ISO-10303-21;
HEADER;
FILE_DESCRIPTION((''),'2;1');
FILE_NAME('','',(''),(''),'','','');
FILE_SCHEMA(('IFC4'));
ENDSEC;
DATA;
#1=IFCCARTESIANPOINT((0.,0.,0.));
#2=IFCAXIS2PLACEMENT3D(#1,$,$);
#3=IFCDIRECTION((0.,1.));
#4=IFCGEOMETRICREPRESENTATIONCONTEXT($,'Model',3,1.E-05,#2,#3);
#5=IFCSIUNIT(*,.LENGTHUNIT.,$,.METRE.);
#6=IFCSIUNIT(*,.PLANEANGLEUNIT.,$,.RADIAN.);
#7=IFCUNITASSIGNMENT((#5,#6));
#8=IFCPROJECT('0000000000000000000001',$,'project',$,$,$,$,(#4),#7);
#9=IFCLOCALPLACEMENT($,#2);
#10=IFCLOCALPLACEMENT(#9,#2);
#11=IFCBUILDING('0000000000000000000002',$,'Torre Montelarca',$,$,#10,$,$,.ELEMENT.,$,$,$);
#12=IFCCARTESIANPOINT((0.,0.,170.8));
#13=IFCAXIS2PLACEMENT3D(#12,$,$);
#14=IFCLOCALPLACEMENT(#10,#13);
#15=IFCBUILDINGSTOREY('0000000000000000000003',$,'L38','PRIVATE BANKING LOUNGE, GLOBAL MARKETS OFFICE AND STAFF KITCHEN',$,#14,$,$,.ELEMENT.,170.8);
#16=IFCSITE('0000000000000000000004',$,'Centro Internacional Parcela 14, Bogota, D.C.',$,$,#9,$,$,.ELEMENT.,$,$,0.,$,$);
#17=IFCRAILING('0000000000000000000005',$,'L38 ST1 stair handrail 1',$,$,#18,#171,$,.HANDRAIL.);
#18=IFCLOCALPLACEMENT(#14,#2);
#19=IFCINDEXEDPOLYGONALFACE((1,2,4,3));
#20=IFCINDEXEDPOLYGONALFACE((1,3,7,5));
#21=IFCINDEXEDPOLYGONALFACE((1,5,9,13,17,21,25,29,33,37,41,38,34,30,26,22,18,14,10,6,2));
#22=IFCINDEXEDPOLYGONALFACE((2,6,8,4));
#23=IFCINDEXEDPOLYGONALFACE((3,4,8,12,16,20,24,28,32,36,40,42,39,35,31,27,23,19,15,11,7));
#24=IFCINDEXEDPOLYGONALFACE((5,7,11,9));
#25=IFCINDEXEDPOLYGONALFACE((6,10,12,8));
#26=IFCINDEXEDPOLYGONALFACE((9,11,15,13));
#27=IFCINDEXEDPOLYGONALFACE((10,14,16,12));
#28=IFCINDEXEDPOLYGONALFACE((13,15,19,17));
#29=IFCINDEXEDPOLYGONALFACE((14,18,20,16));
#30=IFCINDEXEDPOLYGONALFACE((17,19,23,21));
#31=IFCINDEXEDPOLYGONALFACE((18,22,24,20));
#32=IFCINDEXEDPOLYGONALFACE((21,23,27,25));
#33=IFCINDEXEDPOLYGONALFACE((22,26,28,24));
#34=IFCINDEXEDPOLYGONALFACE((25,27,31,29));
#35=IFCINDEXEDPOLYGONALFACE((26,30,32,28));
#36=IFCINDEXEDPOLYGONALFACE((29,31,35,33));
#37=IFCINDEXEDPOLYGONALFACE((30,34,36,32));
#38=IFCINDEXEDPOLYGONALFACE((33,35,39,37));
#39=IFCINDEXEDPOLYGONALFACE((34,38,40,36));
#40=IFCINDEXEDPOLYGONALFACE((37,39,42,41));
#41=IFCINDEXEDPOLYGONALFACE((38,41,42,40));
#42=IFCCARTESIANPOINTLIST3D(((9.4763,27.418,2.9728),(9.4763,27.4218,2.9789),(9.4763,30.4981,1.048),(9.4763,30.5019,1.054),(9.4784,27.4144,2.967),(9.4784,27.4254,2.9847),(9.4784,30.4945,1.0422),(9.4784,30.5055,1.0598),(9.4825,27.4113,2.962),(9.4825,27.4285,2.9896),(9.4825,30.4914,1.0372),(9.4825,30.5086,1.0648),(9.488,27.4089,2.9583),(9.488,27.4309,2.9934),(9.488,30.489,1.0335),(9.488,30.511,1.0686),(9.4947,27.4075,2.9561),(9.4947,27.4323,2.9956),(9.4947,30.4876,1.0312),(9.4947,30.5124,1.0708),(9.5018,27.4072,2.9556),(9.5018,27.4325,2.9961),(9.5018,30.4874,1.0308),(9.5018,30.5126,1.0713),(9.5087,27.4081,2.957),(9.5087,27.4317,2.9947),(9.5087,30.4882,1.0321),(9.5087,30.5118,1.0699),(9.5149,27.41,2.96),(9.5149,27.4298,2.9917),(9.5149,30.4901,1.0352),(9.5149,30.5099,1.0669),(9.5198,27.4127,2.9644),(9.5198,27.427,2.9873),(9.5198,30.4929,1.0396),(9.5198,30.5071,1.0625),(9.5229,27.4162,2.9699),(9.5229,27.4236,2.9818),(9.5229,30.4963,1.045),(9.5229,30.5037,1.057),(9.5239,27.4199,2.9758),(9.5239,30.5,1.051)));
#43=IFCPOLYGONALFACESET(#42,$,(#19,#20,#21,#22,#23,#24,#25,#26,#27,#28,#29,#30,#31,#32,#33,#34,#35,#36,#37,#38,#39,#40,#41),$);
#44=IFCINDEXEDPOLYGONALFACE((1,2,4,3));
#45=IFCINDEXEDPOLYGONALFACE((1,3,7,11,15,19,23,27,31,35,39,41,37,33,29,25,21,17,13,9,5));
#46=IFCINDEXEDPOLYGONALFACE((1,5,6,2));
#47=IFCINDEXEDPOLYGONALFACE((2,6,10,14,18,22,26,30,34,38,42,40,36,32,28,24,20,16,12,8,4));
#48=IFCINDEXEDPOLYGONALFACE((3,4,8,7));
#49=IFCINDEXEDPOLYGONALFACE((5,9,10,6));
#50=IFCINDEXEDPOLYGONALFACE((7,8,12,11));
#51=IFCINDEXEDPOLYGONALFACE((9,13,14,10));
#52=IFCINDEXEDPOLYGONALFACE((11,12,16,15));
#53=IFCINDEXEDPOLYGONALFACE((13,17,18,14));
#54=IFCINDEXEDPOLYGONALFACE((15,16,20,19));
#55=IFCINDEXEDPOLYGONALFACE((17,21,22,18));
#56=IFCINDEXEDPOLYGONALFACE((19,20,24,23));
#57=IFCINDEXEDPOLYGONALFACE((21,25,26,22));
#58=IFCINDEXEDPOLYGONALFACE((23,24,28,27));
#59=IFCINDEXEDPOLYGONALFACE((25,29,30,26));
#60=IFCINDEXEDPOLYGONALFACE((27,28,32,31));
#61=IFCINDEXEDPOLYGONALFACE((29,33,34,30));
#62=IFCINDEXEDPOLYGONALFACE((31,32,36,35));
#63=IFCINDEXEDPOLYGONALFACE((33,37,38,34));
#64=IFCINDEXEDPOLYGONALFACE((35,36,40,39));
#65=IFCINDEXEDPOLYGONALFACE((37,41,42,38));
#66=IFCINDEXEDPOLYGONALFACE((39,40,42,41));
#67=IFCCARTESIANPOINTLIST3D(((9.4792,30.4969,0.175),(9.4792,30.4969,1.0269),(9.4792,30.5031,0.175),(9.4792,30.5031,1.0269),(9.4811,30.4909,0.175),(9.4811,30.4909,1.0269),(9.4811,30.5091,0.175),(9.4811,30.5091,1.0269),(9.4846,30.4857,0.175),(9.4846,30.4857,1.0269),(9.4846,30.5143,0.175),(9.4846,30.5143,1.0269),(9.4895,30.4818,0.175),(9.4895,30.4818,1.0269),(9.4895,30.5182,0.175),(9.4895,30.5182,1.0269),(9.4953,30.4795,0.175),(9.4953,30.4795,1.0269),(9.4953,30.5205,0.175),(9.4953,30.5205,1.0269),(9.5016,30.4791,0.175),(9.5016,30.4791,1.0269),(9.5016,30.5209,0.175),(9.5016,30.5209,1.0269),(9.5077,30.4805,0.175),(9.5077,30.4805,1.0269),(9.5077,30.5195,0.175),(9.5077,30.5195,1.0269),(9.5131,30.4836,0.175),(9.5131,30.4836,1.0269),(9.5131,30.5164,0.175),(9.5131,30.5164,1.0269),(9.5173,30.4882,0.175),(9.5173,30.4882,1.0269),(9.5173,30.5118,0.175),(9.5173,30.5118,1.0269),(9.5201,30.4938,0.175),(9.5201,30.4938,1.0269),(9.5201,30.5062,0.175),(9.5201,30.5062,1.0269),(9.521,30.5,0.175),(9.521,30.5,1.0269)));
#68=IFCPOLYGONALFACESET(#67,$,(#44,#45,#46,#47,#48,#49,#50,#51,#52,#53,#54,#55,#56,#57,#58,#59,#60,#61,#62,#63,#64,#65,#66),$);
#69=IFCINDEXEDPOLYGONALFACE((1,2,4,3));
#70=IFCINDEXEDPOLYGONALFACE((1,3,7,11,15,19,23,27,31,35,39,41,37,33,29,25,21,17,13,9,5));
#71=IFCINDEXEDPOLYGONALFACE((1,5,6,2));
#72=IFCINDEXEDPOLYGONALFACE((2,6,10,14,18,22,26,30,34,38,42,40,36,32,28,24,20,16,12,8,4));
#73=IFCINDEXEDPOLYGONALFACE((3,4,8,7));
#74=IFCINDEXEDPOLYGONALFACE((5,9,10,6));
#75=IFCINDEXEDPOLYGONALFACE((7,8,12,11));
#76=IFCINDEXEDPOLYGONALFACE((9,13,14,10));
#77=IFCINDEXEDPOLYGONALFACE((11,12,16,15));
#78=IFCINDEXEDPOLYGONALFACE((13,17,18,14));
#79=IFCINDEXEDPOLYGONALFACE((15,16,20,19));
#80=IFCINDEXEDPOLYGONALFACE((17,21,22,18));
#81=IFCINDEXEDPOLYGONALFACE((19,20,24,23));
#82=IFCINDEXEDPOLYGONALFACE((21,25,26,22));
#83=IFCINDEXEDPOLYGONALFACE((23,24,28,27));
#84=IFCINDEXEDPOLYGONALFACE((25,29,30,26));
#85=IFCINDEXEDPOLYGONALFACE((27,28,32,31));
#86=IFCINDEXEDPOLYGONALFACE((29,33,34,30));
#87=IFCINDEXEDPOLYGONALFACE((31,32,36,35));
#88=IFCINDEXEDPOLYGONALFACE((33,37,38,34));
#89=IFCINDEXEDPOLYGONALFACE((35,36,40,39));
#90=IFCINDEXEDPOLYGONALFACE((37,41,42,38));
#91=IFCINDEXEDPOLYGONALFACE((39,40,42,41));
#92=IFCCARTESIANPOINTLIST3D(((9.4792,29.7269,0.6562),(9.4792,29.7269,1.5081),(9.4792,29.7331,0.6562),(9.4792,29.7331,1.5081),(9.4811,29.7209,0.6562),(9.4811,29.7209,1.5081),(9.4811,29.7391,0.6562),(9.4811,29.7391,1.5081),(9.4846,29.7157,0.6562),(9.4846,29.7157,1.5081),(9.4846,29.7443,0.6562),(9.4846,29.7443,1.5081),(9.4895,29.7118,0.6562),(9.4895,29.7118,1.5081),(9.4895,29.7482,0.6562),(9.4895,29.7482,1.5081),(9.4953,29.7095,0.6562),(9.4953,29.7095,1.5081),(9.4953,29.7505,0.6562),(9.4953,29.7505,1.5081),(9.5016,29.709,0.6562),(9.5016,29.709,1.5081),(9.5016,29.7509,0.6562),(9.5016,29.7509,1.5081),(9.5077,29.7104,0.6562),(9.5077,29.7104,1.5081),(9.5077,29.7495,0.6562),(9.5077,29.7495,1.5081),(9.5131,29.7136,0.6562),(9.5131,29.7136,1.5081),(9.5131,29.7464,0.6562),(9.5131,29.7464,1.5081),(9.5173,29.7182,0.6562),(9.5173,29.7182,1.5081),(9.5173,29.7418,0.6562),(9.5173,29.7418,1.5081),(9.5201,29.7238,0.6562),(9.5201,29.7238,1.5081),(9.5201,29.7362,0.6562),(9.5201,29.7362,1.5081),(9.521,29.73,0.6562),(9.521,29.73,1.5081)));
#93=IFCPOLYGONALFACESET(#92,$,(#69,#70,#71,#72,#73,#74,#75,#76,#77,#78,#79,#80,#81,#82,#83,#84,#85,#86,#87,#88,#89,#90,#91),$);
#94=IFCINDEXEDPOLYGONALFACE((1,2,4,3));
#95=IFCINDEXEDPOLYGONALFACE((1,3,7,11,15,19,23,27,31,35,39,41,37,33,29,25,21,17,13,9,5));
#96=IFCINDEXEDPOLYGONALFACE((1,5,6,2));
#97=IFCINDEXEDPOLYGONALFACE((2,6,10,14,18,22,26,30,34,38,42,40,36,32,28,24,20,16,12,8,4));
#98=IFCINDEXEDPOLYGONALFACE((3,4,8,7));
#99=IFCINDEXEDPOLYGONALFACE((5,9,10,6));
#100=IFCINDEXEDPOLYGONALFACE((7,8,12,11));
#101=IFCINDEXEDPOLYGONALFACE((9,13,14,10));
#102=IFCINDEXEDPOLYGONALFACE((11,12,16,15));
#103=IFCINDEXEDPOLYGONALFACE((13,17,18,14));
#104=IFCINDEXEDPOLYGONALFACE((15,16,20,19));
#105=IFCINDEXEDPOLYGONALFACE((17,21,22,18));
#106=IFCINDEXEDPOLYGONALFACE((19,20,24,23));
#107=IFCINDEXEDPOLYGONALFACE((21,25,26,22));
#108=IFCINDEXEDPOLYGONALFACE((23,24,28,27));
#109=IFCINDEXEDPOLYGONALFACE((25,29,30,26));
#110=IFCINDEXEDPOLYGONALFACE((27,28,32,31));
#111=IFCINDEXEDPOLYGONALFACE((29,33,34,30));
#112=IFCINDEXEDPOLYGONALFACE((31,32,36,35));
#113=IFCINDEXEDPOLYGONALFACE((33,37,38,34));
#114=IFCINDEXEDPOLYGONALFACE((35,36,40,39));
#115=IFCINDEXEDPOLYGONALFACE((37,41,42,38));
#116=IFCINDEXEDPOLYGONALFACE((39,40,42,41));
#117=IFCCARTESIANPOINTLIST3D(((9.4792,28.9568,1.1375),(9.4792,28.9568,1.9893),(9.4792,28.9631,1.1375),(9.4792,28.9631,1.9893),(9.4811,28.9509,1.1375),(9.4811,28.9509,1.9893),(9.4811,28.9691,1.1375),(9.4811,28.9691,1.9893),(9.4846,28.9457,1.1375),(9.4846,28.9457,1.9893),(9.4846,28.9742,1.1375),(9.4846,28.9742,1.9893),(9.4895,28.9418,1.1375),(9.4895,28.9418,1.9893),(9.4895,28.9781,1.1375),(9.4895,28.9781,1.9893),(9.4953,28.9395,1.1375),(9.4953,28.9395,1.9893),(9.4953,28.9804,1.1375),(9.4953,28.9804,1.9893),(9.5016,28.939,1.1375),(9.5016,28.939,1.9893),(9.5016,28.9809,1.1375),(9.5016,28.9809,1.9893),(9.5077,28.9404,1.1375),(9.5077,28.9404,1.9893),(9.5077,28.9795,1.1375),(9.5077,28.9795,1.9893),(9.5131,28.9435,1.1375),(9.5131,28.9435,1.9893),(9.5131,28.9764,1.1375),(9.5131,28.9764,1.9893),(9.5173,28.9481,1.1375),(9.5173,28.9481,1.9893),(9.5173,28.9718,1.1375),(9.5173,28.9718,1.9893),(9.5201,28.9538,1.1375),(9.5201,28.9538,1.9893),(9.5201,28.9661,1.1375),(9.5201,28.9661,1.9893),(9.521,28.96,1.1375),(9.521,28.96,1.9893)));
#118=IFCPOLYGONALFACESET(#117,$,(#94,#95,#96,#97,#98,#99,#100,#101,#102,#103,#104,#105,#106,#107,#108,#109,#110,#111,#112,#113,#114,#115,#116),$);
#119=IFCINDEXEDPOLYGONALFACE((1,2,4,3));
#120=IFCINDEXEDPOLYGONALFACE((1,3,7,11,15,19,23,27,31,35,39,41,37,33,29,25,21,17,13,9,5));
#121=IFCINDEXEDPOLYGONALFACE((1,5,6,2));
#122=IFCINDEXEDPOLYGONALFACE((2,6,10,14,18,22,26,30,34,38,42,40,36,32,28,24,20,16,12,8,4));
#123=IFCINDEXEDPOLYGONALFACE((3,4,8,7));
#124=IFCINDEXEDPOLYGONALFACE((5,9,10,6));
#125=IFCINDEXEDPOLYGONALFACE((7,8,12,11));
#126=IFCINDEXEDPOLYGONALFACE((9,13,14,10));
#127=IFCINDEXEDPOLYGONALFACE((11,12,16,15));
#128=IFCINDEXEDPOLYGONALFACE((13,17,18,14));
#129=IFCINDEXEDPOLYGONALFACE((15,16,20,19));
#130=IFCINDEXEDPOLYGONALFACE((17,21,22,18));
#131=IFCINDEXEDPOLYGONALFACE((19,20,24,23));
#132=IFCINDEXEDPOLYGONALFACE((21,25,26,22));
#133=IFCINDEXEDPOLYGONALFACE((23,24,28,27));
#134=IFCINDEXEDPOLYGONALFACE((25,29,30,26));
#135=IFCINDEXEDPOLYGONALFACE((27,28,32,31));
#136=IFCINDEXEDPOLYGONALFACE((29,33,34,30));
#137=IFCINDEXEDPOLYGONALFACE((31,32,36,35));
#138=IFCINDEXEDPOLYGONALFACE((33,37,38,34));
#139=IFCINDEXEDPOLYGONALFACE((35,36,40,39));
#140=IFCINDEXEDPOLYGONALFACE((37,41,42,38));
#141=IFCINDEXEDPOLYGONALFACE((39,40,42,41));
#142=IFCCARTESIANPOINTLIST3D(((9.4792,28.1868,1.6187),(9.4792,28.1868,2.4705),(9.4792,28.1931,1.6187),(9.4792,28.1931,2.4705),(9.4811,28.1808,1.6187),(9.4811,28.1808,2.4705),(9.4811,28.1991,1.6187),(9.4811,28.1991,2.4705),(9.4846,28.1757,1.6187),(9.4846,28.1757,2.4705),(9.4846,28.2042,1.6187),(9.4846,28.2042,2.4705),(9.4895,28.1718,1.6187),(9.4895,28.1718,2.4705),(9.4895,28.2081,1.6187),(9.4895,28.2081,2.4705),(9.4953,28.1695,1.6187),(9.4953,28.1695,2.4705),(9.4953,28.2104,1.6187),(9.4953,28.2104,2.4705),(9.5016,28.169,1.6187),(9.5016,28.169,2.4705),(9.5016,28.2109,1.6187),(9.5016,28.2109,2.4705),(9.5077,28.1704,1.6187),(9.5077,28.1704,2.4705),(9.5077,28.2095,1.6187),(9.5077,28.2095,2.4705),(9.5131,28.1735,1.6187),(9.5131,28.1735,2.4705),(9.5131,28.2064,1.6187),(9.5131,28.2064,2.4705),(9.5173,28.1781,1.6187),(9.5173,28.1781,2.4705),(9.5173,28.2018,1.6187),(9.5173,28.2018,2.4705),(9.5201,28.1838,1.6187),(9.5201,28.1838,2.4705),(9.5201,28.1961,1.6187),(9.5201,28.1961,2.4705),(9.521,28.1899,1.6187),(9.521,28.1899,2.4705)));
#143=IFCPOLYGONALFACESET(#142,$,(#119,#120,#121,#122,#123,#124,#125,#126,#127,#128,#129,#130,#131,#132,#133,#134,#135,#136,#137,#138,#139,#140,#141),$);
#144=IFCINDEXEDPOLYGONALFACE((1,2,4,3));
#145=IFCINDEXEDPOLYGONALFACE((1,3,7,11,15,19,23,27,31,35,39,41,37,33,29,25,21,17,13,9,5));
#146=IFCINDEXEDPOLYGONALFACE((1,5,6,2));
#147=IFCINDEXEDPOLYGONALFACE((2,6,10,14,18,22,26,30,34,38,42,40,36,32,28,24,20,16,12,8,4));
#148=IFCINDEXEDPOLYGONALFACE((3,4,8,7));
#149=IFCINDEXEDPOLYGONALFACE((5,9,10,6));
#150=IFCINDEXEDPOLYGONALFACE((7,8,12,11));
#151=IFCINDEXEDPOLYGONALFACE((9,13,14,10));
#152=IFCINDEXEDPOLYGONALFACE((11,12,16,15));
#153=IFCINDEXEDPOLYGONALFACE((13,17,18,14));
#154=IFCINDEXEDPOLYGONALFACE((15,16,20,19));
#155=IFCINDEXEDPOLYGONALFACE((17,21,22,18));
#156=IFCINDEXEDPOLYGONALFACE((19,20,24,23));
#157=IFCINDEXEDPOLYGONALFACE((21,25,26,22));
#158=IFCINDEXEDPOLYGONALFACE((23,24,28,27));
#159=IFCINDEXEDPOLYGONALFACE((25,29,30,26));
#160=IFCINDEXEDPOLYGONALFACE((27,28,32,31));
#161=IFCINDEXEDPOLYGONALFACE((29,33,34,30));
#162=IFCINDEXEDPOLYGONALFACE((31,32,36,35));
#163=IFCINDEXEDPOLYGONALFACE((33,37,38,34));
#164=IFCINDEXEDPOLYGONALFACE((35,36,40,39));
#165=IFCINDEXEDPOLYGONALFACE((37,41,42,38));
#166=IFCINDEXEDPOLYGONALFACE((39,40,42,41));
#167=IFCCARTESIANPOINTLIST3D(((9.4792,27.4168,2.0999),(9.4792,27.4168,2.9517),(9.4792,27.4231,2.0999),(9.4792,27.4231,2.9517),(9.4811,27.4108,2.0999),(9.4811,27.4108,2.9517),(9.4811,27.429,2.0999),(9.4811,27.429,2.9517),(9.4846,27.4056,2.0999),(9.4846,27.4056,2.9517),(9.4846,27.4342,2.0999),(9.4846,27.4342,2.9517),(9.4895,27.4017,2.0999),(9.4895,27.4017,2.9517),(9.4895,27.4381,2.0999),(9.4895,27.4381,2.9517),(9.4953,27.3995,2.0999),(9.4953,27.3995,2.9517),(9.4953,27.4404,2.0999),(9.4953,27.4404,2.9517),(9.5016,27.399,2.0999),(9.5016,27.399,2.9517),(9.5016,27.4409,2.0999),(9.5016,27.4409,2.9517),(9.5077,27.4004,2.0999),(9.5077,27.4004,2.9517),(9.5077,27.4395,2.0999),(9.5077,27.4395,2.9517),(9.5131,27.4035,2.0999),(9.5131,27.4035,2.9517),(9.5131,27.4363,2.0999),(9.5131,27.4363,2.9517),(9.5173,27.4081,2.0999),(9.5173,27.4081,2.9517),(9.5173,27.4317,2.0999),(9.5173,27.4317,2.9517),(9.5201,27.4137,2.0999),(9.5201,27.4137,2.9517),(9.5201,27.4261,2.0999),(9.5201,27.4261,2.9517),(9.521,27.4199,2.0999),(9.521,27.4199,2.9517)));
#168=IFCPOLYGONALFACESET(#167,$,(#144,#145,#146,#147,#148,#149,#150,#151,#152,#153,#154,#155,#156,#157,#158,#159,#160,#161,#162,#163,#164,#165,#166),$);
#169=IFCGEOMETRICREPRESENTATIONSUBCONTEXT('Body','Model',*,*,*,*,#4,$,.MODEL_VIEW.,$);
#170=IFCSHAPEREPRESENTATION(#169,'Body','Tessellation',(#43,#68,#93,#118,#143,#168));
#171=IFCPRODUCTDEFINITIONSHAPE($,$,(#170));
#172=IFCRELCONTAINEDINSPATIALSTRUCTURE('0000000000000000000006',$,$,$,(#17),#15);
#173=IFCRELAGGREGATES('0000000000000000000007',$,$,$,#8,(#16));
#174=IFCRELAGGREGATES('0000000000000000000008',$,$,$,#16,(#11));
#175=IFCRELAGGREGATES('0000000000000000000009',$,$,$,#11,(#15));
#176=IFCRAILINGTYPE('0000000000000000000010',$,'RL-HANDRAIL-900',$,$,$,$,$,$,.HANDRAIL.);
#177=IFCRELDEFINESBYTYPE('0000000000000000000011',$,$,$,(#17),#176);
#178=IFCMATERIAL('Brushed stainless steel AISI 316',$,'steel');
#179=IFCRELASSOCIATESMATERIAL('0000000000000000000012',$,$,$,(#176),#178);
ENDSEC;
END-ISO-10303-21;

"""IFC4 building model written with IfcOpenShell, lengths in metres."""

from ifc_helpers import new_model, si_unit, direction, frame, origin, origin_2d, place, context, subcontext, project, spatial, circle, extrude, material, type_object, element, save


model = new_model("IFC4")

# Units and contexts
model_context = context("Model", 3, precision=1e-05, world=origin(), true_north=direction((0.0, 1.0)))
body_context = subcontext(model_context, "Body", "Model", "MODEL_VIEW")
ifc_project = project(units=[si_unit("LENGTHUNIT", "METRE"), si_unit("PLANEANGLEUNIT", "RADIAN")], contexts=[model_context])

# Site, building, storey
site_placement = place(None, origin())
site = spatial("IfcSite", under=ifc_project, at=site_placement, Name="Centro Internacional Parcela 14, Bogota, D.C.", CompositionType="ELEMENT", RefElevation=0.0)
building_placement = place(site_placement, origin())
building = spatial("IfcBuilding", under=site, at=building_placement, Name="Torre Montelarca", CompositionType="ELEMENT")
storey_placement = place(building_placement, frame((0.0, 0.0, 170.8)))
storey = spatial("IfcBuildingStorey", under=building, at=storey_placement, Name="L38", Description="PRIVATE BANKING LOUNGE, GLOBAL MARKETS OFFICE AND STAFF KITCHEN", CompositionType="ELEMENT", Elevation=170.8)

# Shared definitions
ifc_material_1 = material(Name="Brushed stainless steel AISI 316", Category="steel")

# Railing
railing_type_1 = type_object("IfcRailingType", Name="RL-HANDRAIL-900", PredefinedType="HANDRAIL", material=ifc_material_1)
railing_1_placement = place(storey_placement, frame((9.5, 30.5, 0.175)))
element("IfcRailing", 1, at=railing_1_placement, inside=storey, type_object=railing_type_1, Name="L38 ST1 stair handrail 1", PredefinedType="HANDRAIL", context=body_context, shape_type="SweptSolid", body=[
    extrude(circle(Radius=0.0239, at=origin_2d()), frame((0.0, 0.0, 0.876), z_axis=(0.0, -0.848029, 0.529951), x_axis=(1.0, 0.0, 0.0)), (0.0, 0.0, 1.0), 3.6321),
    extrude(circle(Radius=0.021, at=origin_2d()), origin(), (0.0, 0.0, 1.0), 0.8518),
    extrude(circle(Radius=0.021, at=origin_2d()), frame((0.0, -0.77, 0.4812)), (0.0, 0.0, 1.0), 0.8518),
    extrude(circle(Radius=0.021, at=origin_2d()), frame((0.0, -1.54, 0.9624)), (0.0, 0.0, 1.0), 0.8518),
    extrude(circle(Radius=0.021, at=origin_2d()), frame((0.0, -2.3101, 1.4436)), (0.0, 0.0, 1.0), 0.8518),
    extrude(circle(Radius=0.021, at=origin_2d()), frame((0.0, -3.0801, 1.9248)), (0.0, 0.0, 1.0), 0.8518),
])

save(model, "model.ifc")
